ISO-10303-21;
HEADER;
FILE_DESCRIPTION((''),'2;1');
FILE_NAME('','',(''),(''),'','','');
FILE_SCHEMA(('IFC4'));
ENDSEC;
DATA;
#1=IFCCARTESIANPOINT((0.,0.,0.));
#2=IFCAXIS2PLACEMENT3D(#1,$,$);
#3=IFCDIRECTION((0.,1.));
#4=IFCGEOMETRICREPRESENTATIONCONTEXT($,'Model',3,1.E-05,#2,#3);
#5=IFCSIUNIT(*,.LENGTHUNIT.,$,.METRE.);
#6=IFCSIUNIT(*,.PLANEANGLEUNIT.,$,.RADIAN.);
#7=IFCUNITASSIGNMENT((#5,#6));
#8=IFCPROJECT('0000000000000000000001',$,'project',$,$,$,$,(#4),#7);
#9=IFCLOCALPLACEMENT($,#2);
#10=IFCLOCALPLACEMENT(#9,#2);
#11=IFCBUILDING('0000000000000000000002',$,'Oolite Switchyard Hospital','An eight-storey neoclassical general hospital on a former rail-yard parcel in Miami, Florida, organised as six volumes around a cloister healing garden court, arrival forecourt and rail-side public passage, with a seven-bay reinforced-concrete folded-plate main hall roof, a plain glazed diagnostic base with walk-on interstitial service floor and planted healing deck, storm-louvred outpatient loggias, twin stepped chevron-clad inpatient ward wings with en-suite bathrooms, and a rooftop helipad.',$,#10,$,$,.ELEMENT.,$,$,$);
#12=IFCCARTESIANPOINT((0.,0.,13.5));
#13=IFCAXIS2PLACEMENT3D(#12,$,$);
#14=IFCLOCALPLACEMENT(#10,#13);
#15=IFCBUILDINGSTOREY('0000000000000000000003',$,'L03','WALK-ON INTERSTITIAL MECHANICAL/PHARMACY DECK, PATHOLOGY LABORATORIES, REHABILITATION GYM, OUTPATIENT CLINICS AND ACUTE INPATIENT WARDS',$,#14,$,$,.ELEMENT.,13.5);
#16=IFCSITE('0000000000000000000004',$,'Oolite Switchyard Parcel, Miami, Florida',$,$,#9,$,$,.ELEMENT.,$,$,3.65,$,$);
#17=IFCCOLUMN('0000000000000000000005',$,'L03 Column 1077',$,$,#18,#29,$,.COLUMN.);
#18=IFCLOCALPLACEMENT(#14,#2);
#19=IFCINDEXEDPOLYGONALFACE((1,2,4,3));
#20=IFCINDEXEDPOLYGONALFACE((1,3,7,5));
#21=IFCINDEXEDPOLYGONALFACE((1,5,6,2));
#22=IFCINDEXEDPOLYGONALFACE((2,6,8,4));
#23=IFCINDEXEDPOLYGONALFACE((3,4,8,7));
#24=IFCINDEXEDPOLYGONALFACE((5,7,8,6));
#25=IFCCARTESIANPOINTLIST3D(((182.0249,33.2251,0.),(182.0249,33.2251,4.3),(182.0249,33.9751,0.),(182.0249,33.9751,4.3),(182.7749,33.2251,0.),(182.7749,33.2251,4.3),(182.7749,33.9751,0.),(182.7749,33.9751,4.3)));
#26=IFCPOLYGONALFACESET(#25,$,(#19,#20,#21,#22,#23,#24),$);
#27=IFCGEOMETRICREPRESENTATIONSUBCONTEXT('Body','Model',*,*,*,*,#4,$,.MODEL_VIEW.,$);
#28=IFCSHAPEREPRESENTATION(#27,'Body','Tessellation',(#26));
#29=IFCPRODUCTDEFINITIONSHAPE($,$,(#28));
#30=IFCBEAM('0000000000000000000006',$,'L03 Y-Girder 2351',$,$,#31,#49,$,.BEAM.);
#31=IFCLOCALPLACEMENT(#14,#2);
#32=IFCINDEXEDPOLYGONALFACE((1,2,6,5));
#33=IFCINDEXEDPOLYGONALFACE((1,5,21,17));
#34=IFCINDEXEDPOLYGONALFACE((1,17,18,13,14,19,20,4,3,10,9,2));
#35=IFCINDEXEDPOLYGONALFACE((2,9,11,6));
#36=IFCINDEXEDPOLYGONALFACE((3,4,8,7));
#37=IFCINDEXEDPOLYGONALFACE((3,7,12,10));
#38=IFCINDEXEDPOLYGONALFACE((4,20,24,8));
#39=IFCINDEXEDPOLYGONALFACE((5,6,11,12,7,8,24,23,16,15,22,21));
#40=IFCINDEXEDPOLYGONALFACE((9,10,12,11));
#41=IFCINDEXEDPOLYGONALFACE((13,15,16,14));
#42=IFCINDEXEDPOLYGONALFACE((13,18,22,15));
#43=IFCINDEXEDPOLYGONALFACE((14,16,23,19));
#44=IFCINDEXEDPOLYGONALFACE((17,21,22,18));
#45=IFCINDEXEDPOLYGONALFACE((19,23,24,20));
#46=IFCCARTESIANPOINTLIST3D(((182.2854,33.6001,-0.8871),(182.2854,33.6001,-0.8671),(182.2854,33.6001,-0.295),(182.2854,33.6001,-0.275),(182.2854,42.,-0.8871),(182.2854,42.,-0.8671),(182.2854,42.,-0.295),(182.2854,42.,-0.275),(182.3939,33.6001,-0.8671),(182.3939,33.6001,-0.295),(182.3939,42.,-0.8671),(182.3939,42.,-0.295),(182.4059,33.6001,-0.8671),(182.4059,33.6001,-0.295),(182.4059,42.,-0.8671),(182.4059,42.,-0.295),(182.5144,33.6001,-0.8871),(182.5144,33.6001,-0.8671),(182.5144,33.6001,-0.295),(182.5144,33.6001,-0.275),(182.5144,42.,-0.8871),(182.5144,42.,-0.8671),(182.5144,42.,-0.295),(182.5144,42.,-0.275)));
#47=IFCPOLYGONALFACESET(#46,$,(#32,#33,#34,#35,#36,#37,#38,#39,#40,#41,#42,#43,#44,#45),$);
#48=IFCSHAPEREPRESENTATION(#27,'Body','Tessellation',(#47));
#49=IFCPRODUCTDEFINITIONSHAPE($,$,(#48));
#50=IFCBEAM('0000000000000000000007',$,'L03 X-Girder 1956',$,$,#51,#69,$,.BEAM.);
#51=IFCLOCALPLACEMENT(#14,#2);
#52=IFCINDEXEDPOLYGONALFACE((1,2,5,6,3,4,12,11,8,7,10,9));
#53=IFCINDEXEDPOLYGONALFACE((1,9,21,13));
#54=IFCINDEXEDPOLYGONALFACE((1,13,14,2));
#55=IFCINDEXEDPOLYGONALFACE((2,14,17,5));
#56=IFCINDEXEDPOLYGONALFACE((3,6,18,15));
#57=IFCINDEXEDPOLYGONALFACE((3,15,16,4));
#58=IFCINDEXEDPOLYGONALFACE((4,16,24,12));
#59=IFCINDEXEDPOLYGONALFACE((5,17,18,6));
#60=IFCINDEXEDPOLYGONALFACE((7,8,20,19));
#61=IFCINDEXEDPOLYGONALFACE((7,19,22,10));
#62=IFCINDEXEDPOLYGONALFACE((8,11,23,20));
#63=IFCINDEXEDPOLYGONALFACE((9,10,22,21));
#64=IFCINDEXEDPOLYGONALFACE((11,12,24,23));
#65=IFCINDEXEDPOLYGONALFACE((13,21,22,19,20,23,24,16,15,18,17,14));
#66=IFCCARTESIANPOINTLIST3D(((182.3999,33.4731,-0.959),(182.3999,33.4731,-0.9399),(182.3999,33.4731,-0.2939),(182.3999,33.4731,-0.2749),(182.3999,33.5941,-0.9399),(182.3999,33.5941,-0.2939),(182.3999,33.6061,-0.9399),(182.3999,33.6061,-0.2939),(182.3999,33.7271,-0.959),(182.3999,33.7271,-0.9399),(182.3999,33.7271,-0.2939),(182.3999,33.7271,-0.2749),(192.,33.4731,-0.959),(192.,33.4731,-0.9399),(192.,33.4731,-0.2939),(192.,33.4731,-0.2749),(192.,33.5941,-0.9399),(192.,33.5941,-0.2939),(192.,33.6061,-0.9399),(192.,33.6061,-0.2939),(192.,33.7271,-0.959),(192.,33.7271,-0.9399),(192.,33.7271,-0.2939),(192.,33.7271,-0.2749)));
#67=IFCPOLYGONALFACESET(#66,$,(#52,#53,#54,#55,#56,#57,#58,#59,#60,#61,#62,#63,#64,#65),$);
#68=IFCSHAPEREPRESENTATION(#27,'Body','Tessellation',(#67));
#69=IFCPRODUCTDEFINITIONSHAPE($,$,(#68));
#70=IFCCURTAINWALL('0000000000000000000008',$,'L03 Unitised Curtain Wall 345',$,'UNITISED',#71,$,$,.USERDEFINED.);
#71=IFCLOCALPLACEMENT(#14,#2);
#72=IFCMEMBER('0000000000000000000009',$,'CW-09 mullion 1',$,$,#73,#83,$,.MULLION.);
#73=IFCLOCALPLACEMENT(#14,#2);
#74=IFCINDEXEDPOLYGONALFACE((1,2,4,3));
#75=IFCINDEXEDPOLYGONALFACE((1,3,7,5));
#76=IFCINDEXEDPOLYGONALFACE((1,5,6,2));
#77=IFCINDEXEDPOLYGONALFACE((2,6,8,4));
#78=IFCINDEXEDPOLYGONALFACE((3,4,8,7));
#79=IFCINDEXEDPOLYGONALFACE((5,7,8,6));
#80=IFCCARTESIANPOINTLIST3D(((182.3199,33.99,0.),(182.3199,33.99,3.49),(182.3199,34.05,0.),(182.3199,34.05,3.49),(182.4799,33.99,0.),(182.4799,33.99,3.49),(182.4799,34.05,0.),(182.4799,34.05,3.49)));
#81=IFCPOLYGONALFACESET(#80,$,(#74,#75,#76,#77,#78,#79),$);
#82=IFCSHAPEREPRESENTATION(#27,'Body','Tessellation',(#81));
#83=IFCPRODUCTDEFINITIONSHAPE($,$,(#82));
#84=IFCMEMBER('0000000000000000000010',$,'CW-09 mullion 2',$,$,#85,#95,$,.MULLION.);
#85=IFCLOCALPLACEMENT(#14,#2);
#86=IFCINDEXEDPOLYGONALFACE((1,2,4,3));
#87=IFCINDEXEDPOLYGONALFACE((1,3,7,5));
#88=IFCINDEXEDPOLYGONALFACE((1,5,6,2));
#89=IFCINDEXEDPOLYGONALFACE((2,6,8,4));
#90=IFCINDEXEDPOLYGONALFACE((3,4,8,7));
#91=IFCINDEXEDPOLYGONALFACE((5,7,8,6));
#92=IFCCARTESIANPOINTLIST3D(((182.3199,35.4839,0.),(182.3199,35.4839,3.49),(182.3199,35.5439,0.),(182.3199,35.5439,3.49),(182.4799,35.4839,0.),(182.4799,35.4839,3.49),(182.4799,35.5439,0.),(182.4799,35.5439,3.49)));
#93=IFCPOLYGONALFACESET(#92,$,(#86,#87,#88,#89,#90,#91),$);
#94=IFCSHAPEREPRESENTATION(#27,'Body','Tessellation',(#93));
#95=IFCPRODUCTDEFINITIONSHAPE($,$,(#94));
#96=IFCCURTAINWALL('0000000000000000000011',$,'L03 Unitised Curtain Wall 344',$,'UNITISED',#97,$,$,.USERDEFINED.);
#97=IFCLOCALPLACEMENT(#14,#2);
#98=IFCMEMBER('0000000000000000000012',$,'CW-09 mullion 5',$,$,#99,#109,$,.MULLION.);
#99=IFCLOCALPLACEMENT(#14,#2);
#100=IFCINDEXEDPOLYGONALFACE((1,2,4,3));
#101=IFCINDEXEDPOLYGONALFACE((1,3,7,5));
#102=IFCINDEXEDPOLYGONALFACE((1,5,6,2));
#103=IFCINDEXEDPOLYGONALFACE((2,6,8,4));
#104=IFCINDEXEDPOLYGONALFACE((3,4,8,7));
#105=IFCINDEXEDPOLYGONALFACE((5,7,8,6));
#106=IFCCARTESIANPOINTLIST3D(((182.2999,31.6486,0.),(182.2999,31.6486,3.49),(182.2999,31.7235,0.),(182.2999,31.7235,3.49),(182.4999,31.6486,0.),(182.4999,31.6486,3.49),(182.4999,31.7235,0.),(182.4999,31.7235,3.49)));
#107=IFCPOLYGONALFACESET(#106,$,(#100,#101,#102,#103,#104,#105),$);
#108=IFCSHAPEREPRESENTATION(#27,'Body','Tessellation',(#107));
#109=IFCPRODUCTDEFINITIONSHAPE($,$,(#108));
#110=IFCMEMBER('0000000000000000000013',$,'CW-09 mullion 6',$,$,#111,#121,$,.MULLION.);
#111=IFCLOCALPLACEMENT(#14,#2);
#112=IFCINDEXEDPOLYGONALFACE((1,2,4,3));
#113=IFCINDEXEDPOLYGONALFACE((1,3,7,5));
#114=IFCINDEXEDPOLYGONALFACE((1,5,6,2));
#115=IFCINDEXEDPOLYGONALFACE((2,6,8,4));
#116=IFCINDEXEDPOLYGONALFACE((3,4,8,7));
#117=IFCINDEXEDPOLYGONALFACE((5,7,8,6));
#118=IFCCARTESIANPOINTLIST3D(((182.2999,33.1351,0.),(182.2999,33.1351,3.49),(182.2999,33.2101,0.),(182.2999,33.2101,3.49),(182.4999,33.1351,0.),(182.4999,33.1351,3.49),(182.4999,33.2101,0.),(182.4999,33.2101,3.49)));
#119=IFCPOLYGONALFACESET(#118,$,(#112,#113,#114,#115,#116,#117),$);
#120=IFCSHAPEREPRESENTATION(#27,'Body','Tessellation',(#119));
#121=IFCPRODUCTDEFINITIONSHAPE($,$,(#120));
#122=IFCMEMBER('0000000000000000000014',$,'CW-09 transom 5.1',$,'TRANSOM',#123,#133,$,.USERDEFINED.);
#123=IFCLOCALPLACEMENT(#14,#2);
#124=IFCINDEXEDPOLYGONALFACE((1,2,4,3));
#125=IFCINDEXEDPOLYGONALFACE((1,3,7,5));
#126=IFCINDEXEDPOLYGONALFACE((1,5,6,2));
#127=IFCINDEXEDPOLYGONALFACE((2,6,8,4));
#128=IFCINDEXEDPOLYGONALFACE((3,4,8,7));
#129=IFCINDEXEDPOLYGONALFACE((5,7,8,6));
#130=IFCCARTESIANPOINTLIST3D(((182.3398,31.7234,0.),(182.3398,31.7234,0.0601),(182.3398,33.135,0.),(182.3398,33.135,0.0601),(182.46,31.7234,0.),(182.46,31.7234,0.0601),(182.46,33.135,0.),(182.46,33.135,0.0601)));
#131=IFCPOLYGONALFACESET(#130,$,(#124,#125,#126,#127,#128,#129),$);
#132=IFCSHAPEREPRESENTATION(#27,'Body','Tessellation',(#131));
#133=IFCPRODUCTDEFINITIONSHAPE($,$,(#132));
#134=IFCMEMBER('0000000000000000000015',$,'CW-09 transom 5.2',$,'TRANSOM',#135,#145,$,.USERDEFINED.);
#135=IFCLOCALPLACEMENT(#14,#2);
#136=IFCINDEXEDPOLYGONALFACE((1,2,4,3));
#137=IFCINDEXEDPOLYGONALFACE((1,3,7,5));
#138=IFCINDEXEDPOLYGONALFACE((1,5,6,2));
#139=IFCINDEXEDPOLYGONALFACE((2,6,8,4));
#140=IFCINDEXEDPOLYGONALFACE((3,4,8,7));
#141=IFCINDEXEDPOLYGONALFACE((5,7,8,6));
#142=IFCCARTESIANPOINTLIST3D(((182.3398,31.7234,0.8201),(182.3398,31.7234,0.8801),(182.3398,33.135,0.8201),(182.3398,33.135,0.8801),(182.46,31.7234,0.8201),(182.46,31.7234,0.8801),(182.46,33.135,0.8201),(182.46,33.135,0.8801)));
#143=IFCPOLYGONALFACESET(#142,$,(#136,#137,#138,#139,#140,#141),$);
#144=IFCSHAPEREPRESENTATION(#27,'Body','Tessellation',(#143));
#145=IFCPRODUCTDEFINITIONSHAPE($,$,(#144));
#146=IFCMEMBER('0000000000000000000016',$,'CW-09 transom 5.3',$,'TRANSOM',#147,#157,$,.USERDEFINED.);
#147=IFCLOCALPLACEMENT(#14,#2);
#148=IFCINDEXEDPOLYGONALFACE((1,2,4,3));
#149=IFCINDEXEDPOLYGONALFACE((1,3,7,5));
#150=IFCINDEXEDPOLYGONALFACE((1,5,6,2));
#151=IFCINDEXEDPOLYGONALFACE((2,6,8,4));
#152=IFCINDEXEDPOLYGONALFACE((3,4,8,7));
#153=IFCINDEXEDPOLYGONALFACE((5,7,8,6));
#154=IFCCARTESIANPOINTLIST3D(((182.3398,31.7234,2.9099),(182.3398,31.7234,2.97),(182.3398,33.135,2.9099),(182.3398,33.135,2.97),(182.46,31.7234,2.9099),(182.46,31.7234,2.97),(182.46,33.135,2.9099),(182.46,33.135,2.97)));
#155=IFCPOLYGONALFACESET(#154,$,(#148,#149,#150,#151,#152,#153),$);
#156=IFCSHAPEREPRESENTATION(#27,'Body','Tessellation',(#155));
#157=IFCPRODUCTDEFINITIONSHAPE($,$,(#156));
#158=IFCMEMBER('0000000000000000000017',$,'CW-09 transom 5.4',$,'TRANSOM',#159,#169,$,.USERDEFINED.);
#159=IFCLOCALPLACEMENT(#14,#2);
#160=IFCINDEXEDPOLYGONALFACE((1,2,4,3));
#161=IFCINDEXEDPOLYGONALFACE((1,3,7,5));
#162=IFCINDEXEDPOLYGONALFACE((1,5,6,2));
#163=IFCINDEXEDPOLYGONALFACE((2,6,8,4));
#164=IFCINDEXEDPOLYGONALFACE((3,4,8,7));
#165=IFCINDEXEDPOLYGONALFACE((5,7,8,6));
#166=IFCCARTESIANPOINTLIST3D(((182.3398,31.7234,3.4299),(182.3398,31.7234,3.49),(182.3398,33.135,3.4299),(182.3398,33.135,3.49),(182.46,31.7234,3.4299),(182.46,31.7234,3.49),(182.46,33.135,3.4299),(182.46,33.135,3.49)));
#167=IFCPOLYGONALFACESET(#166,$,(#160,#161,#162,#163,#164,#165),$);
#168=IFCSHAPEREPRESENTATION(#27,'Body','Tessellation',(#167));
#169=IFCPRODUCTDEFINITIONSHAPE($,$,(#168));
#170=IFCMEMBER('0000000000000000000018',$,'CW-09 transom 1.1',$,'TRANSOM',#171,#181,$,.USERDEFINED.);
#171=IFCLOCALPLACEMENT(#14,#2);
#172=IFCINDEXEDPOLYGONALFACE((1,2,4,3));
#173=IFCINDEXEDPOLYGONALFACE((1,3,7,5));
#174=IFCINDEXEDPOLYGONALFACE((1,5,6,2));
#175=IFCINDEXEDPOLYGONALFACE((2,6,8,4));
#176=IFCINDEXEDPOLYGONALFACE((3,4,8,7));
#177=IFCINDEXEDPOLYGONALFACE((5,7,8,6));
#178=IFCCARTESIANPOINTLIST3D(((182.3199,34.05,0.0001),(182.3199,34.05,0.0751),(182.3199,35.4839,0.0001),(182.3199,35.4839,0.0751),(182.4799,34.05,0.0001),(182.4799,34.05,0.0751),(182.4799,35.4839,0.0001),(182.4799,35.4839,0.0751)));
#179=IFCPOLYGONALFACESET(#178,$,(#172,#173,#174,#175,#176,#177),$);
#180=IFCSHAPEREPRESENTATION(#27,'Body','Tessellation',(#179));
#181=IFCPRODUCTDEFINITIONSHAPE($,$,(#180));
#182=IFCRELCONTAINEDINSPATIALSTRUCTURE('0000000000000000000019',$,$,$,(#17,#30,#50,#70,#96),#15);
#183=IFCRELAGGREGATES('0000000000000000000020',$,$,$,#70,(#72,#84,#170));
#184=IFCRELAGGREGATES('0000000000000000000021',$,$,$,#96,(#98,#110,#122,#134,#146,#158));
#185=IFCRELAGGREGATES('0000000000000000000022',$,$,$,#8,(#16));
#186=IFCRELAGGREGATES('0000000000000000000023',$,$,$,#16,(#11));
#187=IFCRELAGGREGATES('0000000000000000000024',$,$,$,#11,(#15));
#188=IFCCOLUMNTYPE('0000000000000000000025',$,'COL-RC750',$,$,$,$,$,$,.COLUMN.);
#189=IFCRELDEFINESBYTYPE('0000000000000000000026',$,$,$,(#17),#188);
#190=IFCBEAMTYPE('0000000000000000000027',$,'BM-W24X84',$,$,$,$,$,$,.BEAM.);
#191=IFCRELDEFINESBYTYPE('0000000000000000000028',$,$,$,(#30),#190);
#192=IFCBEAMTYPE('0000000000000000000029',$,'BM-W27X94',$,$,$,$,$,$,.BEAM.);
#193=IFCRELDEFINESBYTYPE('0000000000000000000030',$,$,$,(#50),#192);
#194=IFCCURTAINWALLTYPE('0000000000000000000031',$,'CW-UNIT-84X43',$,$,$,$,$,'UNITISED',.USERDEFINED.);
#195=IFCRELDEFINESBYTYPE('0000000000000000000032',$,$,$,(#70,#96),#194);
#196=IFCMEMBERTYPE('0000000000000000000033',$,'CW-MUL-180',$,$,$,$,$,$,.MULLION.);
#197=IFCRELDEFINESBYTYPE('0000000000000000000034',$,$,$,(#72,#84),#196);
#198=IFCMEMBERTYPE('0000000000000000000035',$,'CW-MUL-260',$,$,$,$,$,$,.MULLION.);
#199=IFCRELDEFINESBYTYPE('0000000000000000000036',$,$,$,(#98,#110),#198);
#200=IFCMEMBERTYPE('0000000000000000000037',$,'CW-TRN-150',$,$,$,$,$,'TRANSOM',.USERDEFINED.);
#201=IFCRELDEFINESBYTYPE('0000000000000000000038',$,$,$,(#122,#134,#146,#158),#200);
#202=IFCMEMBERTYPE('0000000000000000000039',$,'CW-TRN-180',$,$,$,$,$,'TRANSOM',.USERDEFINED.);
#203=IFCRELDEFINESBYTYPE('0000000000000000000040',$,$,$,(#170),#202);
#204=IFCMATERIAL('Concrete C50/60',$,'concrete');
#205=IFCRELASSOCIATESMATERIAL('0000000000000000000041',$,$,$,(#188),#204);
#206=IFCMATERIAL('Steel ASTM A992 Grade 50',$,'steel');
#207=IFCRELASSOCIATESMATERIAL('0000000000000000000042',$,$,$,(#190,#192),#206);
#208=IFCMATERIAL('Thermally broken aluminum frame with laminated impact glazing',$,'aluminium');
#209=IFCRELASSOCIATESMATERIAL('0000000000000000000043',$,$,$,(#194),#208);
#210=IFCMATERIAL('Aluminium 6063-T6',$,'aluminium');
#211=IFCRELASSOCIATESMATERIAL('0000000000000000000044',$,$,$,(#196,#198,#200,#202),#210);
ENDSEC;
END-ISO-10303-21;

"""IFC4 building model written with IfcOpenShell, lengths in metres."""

from ifc_helpers import new_model, si_unit, direction, frame, origin, origin_2d, place, context, subcontext, project, spatial, rectangle, i_section, extrude, material, material_profile, profile_set, type_object, element, aggregate, save


model = new_model("IFC4")

# Units and contexts
model_context = context("Model", 3, precision=1e-05, world=origin(), true_north=direction((0.0, 1.0)))
body_context = subcontext(model_context, "Body", "Model", "MODEL_VIEW")
ifc_project = project(units=[si_unit("LENGTHUNIT", "METRE"), si_unit("PLANEANGLEUNIT", "RADIAN")], contexts=[model_context])

# Site, building, storey
site_placement = place(None, origin())
site = spatial("IfcSite", under=ifc_project, at=site_placement, Name="Oolite Switchyard Parcel, Miami, Florida", CompositionType="ELEMENT", RefElevation=3.65)
building_placement = place(site_placement, origin())
building = spatial("IfcBuilding", under=site, at=building_placement, Name="Oolite Switchyard Hospital", Description="An eight-storey neoclassical general hospital on a former rail-yard parcel in Miami, Florida, organised as six volumes around a cloister healing garden court, arrival forecourt and rail-side public passage, with a seven-bay reinforced-concrete folded-plate main hall roof, a plain glazed diagnostic base with walk-on interstitial service floor and planted healing deck, storm-louvred outpatient loggias, twin stepped chevron-clad inpatient ward wings with en-suite bathrooms, and a rooftop helipad.", CompositionType="ELEMENT")
storey_placement = place(building_placement, frame((0.0, 0.0, 13.5)))
storey = spatial("IfcBuildingStorey", under=building, at=storey_placement, Name="L03", Description="WALK-ON INTERSTITIAL MECHANICAL/PHARMACY DECK, PATHOLOGY LABORATORIES, REHABILITATION GYM, OUTPATIENT CLINICS AND ACUTE INPATIENT WARDS", CompositionType="ELEMENT", Elevation=13.5)

# Column
ifc_material_1 = material(Name="Concrete C50/60", Category="concrete")
ifc_material_profile_1 = material_profile(ifc_material_1, rectangle(XDim=0.75, YDim=0.75, at=origin_2d()), Name="RC750X750")
ifc_profile_set_1 = profile_set([ifc_material_profile_1], Name="Concrete C50/60")
column_type = type_object("IfcColumnType", Name="COL-RC750", PredefinedType="COLUMN", material=ifc_profile_set_1)
column_placement = place(storey_placement, frame((182.3999, 33.6001, 0.0), z_axis=(0.0, 0.0, 1.0), x_axis=(1.0, 0.0, 0.0)))
element("IfcColumn", 1, at=column_placement, inside=storey, type_object=column_type, Name="L03 Column 1077", PredefinedType="COLUMN", context=body_context, shape_type="SweptSolid", body=[
    extrude(rectangle(XDim=0.75, YDim=0.75, at=origin_2d()), origin(), (0.0, 0.0, 1.0), 4.3),
])

# Beams
ifc_material_2 = material(Name="Steel ASTM A992 Grade 50", Category="steel")
ifc_material_profile_2 = material_profile(ifc_material_2, i_section(OverallWidth=0.229, OverallDepth=0.6121, WebThickness=0.012, FlangeThickness=0.02, at=origin_2d()), Name="W24X84")
ifc_profile_set_2 = profile_set([ifc_material_profile_2], Name="Steel ASTM A992 Grade 50")
beam_type_1 = type_object("IfcBeamType", Name="BM-W24X84", PredefinedType="BEAM", material=ifc_profile_set_2)
beam_1_placement = place(storey_placement, frame((182.3999, 33.6001, -0.5811), z_axis=(0.0, 1.0, 0.0), x_axis=(-1.0, 0.0, 0.0)))
element("IfcBeam", 2, at=beam_1_placement, inside=storey, type_object=beam_type_1, Name="L03 Y-Girder 2351", PredefinedType="BEAM", context=body_context, shape_type="SweptSolid", body=[
    extrude(i_section(OverallWidth=0.229, OverallDepth=0.6121, WebThickness=0.012, FlangeThickness=0.02, at=origin_2d()), origin(), (0.0, 0.0, 1.0), 8.3999),
])
ifc_material_profile_3 = material_profile(ifc_material_2, i_section(OverallWidth=0.2539, OverallDepth=0.6841, WebThickness=0.012, FlangeThickness=0.019, at=origin_2d()), Name="W27X94")
ifc_profile_set_3 = profile_set([ifc_material_profile_3], Name="Steel ASTM A992 Grade 50")
beam_type_2 = type_object("IfcBeamType", Name="BM-W27X94", PredefinedType="BEAM", material=ifc_profile_set_3)
beam_2_placement = place(storey_placement, frame((182.3999, 33.6001, -0.6169), z_axis=(1.0, 0.0, 0.0), x_axis=(0.0, 1.0, 0.0)))
element("IfcBeam", 3, at=beam_2_placement, inside=storey, type_object=beam_type_2, Name="L03 X-Girder 1956", PredefinedType="BEAM", context=body_context, shape_type="SweptSolid", body=[
    extrude(i_section(OverallWidth=0.2539, OverallDepth=0.6841, WebThickness=0.012, FlangeThickness=0.019, at=origin_2d()), origin(), (0.0, 0.0, 1.0), 9.6001),
])

# Curtain walls, members
ifc_material_3 = material(Name="Thermally broken aluminum frame with laminated impact glazing", Category="aluminium")
curtain_wall_type = type_object("IfcCurtainWallType", Name="CW-UNIT-84X43", ElementType="UNITISED", PredefinedType="USERDEFINED", material=ifc_material_3)
curtain_wall_1_placement = place(storey_placement, origin())
curtain_wall_1 = element("IfcCurtainWall", 4, at=curtain_wall_1_placement, inside=storey, type_object=curtain_wall_type, Name="L03 Unitised Curtain Wall 345", ObjectType="UNITISED", PredefinedType="USERDEFINED")
ifc_material_4 = material(Name="Aluminium 6063-T6", Category="aluminium")
ifc_material_profile_4 = material_profile(ifc_material_4, rectangle(XDim=0.1599, YDim=0.0601, at=origin_2d()), Name="CWM60X160")
ifc_profile_set_4 = profile_set([ifc_material_profile_4], Name="Aluminium 6063-T6")
member_type_1 = type_object("IfcMemberType", Name="CW-MUL-180", PredefinedType="MULLION", material=ifc_profile_set_4)
member_1_placement = place(storey_placement, frame((182.3999, 34.02, 0.0), z_axis=(0.0, 0.0, 1.0), x_axis=(-1.0, 0.0, 0.0)))
member_1 = element("IfcMember", 5, at=member_1_placement, type_object=member_type_1, Name="CW-09 mullion 1", PredefinedType="MULLION", context=body_context, shape_type="SweptSolid", body=[
    extrude(rectangle(XDim=0.1599, YDim=0.0601, at=origin_2d()), origin(), (0.0, 0.0, 1.0), 3.49),
])
member_2_placement = place(storey_placement, frame((182.3999, 35.5139, 0.0), z_axis=(0.0, 0.0, 1.0), x_axis=(-1.0, 0.0, 0.0)))
member_2 = element("IfcMember", 6, at=member_2_placement, type_object=member_type_1, Name="CW-09 mullion 2", PredefinedType="MULLION", context=body_context, shape_type="SweptSolid", body=[
    extrude(rectangle(XDim=0.1599, YDim=0.0601, at=origin_2d()), origin(), (0.0, 0.0, 1.0), 3.49),
])
curtain_wall_2_placement = place(storey_placement, origin())
curtain_wall_2 = element("IfcCurtainWall", 7, at=curtain_wall_2_placement, inside=storey, type_object=curtain_wall_type, Name="L03 Unitised Curtain Wall 344", ObjectType="UNITISED", PredefinedType="USERDEFINED")
ifc_material_profile_5 = material_profile(ifc_material_4, rectangle(XDim=0.2, YDim=0.075, at=origin_2d()), Name="CWM75X200")
ifc_profile_set_5 = profile_set([ifc_material_profile_5], Name="Aluminium 6063-T6")
member_type_2 = type_object("IfcMemberType", Name="CW-MUL-260", PredefinedType="MULLION", material=ifc_profile_set_5)
member_3_placement = place(storey_placement, frame((182.3999, 31.686, 0.0), z_axis=(0.0, 0.0, 1.0), x_axis=(-1.0, 0.0, 0.0)))
member_3 = element("IfcMember", 8, at=member_3_placement, type_object=member_type_2, Name="CW-09 mullion 5", PredefinedType="MULLION", context=body_context, shape_type="SweptSolid", body=[
    extrude(rectangle(XDim=0.2, YDim=0.075, at=origin_2d()), origin(), (0.0, 0.0, 1.0), 3.49),
])
member_4_placement = place(storey_placement, frame((182.3999, 33.1726, 0.0), z_axis=(0.0, 0.0, 1.0), x_axis=(-1.0, 0.0, 0.0)))
member_4 = element("IfcMember", 9, at=member_4_placement, type_object=member_type_2, Name="CW-09 mullion 6", PredefinedType="MULLION", context=body_context, shape_type="SweptSolid", body=[
    extrude(rectangle(XDim=0.2, YDim=0.075, at=origin_2d()), origin(), (0.0, 0.0, 1.0), 3.49),
])
ifc_material_profile_6 = material_profile(ifc_material_4, rectangle(XDim=0.1201, YDim=0.0601, at=origin_2d()), Name="CWT60X120")
ifc_profile_set_6 = profile_set([ifc_material_profile_6], Name="Aluminium 6063-T6")
member_type_3 = type_object("IfcMemberType", Name="CW-TRN-150", ElementType="TRANSOM", PredefinedType="USERDEFINED", material=ifc_profile_set_6)
member_5_placement = place(storey_placement, frame((182.3999, 31.7234, 0.03), z_axis=(0.0, 1.0, 0.0), x_axis=(-1.0, 0.0, 0.0)))
member_5 = element("IfcMember", 10, at=member_5_placement, type_object=member_type_3, Name="CW-09 transom 5.1", ObjectType="TRANSOM", PredefinedType="USERDEFINED", context=body_context, shape_type="SweptSolid", body=[
    extrude(rectangle(XDim=0.1201, YDim=0.0601, at=origin_2d()), origin(), (0.0, 0.0, 1.0), 1.4116),
])
member_6_placement = place(storey_placement, frame((182.3999, 31.7234, 0.8501), z_axis=(0.0, 1.0, 0.0), x_axis=(-1.0, 0.0, 0.0)))
member_6 = element("IfcMember", 11, at=member_6_placement, type_object=member_type_3, Name="CW-09 transom 5.2", ObjectType="TRANSOM", PredefinedType="USERDEFINED", context=body_context, shape_type="SweptSolid", body=[
    extrude(rectangle(XDim=0.1201, YDim=0.0601, at=origin_2d()), origin(), (0.0, 0.0, 1.0), 1.4116),
])
member_7_placement = place(storey_placement, frame((182.3999, 31.7234, 2.9399), z_axis=(0.0, 1.0, 0.0), x_axis=(-1.0, 0.0, 0.0)))
member_7 = element("IfcMember", 12, at=member_7_placement, type_object=member_type_3, Name="CW-09 transom 5.3", ObjectType="TRANSOM", PredefinedType="USERDEFINED", context=body_context, shape_type="SweptSolid", body=[
    extrude(rectangle(XDim=0.1201, YDim=0.0601, at=origin_2d()), origin(), (0.0, 0.0, 1.0), 1.4116),
])
member_8_placement = place(storey_placement, frame((182.3999, 31.7234, 3.46), z_axis=(0.0, 1.0, 0.0), x_axis=(-1.0, 0.0, 0.0)))
member_8 = element("IfcMember", 13, at=member_8_placement, type_object=member_type_3, Name="CW-09 transom 5.4", ObjectType="TRANSOM", PredefinedType="USERDEFINED", context=body_context, shape_type="SweptSolid", body=[
    extrude(rectangle(XDim=0.1201, YDim=0.0601, at=origin_2d()), origin(), (0.0, 0.0, 1.0), 1.4116),
])

# Member
ifc_material_profile_7 = material_profile(ifc_material_4, rectangle(XDim=0.1599, YDim=0.075, at=origin_2d()), Name="CWT75X160")
ifc_profile_set_7 = profile_set([ifc_material_profile_7], Name="Aluminium 6063-T6")
member_type_4 = type_object("IfcMemberType", Name="CW-TRN-180", ElementType="TRANSOM", PredefinedType="USERDEFINED", material=ifc_profile_set_7)
member_9_placement = place(storey_placement, frame((182.3999, 34.05, 0.0376), z_axis=(0.0, 1.0, 0.0), x_axis=(-1.0, 0.0, 0.0)))
member_9 = element("IfcMember", 14, at=member_9_placement, type_object=member_type_4, Name="CW-09 transom 1.1", ObjectType="TRANSOM", PredefinedType="USERDEFINED", context=body_context, shape_type="SweptSolid", body=[
    extrude(rectangle(XDim=0.1599, YDim=0.075, at=origin_2d()), origin(), (0.0, 0.0, 1.0), 1.4338),
])

aggregate(curtain_wall_1, [member_1, member_2, member_9])
aggregate(curtain_wall_2, [member_3, member_4, member_5, member_6, member_7, member_8])

save(model, "model.ifc")
